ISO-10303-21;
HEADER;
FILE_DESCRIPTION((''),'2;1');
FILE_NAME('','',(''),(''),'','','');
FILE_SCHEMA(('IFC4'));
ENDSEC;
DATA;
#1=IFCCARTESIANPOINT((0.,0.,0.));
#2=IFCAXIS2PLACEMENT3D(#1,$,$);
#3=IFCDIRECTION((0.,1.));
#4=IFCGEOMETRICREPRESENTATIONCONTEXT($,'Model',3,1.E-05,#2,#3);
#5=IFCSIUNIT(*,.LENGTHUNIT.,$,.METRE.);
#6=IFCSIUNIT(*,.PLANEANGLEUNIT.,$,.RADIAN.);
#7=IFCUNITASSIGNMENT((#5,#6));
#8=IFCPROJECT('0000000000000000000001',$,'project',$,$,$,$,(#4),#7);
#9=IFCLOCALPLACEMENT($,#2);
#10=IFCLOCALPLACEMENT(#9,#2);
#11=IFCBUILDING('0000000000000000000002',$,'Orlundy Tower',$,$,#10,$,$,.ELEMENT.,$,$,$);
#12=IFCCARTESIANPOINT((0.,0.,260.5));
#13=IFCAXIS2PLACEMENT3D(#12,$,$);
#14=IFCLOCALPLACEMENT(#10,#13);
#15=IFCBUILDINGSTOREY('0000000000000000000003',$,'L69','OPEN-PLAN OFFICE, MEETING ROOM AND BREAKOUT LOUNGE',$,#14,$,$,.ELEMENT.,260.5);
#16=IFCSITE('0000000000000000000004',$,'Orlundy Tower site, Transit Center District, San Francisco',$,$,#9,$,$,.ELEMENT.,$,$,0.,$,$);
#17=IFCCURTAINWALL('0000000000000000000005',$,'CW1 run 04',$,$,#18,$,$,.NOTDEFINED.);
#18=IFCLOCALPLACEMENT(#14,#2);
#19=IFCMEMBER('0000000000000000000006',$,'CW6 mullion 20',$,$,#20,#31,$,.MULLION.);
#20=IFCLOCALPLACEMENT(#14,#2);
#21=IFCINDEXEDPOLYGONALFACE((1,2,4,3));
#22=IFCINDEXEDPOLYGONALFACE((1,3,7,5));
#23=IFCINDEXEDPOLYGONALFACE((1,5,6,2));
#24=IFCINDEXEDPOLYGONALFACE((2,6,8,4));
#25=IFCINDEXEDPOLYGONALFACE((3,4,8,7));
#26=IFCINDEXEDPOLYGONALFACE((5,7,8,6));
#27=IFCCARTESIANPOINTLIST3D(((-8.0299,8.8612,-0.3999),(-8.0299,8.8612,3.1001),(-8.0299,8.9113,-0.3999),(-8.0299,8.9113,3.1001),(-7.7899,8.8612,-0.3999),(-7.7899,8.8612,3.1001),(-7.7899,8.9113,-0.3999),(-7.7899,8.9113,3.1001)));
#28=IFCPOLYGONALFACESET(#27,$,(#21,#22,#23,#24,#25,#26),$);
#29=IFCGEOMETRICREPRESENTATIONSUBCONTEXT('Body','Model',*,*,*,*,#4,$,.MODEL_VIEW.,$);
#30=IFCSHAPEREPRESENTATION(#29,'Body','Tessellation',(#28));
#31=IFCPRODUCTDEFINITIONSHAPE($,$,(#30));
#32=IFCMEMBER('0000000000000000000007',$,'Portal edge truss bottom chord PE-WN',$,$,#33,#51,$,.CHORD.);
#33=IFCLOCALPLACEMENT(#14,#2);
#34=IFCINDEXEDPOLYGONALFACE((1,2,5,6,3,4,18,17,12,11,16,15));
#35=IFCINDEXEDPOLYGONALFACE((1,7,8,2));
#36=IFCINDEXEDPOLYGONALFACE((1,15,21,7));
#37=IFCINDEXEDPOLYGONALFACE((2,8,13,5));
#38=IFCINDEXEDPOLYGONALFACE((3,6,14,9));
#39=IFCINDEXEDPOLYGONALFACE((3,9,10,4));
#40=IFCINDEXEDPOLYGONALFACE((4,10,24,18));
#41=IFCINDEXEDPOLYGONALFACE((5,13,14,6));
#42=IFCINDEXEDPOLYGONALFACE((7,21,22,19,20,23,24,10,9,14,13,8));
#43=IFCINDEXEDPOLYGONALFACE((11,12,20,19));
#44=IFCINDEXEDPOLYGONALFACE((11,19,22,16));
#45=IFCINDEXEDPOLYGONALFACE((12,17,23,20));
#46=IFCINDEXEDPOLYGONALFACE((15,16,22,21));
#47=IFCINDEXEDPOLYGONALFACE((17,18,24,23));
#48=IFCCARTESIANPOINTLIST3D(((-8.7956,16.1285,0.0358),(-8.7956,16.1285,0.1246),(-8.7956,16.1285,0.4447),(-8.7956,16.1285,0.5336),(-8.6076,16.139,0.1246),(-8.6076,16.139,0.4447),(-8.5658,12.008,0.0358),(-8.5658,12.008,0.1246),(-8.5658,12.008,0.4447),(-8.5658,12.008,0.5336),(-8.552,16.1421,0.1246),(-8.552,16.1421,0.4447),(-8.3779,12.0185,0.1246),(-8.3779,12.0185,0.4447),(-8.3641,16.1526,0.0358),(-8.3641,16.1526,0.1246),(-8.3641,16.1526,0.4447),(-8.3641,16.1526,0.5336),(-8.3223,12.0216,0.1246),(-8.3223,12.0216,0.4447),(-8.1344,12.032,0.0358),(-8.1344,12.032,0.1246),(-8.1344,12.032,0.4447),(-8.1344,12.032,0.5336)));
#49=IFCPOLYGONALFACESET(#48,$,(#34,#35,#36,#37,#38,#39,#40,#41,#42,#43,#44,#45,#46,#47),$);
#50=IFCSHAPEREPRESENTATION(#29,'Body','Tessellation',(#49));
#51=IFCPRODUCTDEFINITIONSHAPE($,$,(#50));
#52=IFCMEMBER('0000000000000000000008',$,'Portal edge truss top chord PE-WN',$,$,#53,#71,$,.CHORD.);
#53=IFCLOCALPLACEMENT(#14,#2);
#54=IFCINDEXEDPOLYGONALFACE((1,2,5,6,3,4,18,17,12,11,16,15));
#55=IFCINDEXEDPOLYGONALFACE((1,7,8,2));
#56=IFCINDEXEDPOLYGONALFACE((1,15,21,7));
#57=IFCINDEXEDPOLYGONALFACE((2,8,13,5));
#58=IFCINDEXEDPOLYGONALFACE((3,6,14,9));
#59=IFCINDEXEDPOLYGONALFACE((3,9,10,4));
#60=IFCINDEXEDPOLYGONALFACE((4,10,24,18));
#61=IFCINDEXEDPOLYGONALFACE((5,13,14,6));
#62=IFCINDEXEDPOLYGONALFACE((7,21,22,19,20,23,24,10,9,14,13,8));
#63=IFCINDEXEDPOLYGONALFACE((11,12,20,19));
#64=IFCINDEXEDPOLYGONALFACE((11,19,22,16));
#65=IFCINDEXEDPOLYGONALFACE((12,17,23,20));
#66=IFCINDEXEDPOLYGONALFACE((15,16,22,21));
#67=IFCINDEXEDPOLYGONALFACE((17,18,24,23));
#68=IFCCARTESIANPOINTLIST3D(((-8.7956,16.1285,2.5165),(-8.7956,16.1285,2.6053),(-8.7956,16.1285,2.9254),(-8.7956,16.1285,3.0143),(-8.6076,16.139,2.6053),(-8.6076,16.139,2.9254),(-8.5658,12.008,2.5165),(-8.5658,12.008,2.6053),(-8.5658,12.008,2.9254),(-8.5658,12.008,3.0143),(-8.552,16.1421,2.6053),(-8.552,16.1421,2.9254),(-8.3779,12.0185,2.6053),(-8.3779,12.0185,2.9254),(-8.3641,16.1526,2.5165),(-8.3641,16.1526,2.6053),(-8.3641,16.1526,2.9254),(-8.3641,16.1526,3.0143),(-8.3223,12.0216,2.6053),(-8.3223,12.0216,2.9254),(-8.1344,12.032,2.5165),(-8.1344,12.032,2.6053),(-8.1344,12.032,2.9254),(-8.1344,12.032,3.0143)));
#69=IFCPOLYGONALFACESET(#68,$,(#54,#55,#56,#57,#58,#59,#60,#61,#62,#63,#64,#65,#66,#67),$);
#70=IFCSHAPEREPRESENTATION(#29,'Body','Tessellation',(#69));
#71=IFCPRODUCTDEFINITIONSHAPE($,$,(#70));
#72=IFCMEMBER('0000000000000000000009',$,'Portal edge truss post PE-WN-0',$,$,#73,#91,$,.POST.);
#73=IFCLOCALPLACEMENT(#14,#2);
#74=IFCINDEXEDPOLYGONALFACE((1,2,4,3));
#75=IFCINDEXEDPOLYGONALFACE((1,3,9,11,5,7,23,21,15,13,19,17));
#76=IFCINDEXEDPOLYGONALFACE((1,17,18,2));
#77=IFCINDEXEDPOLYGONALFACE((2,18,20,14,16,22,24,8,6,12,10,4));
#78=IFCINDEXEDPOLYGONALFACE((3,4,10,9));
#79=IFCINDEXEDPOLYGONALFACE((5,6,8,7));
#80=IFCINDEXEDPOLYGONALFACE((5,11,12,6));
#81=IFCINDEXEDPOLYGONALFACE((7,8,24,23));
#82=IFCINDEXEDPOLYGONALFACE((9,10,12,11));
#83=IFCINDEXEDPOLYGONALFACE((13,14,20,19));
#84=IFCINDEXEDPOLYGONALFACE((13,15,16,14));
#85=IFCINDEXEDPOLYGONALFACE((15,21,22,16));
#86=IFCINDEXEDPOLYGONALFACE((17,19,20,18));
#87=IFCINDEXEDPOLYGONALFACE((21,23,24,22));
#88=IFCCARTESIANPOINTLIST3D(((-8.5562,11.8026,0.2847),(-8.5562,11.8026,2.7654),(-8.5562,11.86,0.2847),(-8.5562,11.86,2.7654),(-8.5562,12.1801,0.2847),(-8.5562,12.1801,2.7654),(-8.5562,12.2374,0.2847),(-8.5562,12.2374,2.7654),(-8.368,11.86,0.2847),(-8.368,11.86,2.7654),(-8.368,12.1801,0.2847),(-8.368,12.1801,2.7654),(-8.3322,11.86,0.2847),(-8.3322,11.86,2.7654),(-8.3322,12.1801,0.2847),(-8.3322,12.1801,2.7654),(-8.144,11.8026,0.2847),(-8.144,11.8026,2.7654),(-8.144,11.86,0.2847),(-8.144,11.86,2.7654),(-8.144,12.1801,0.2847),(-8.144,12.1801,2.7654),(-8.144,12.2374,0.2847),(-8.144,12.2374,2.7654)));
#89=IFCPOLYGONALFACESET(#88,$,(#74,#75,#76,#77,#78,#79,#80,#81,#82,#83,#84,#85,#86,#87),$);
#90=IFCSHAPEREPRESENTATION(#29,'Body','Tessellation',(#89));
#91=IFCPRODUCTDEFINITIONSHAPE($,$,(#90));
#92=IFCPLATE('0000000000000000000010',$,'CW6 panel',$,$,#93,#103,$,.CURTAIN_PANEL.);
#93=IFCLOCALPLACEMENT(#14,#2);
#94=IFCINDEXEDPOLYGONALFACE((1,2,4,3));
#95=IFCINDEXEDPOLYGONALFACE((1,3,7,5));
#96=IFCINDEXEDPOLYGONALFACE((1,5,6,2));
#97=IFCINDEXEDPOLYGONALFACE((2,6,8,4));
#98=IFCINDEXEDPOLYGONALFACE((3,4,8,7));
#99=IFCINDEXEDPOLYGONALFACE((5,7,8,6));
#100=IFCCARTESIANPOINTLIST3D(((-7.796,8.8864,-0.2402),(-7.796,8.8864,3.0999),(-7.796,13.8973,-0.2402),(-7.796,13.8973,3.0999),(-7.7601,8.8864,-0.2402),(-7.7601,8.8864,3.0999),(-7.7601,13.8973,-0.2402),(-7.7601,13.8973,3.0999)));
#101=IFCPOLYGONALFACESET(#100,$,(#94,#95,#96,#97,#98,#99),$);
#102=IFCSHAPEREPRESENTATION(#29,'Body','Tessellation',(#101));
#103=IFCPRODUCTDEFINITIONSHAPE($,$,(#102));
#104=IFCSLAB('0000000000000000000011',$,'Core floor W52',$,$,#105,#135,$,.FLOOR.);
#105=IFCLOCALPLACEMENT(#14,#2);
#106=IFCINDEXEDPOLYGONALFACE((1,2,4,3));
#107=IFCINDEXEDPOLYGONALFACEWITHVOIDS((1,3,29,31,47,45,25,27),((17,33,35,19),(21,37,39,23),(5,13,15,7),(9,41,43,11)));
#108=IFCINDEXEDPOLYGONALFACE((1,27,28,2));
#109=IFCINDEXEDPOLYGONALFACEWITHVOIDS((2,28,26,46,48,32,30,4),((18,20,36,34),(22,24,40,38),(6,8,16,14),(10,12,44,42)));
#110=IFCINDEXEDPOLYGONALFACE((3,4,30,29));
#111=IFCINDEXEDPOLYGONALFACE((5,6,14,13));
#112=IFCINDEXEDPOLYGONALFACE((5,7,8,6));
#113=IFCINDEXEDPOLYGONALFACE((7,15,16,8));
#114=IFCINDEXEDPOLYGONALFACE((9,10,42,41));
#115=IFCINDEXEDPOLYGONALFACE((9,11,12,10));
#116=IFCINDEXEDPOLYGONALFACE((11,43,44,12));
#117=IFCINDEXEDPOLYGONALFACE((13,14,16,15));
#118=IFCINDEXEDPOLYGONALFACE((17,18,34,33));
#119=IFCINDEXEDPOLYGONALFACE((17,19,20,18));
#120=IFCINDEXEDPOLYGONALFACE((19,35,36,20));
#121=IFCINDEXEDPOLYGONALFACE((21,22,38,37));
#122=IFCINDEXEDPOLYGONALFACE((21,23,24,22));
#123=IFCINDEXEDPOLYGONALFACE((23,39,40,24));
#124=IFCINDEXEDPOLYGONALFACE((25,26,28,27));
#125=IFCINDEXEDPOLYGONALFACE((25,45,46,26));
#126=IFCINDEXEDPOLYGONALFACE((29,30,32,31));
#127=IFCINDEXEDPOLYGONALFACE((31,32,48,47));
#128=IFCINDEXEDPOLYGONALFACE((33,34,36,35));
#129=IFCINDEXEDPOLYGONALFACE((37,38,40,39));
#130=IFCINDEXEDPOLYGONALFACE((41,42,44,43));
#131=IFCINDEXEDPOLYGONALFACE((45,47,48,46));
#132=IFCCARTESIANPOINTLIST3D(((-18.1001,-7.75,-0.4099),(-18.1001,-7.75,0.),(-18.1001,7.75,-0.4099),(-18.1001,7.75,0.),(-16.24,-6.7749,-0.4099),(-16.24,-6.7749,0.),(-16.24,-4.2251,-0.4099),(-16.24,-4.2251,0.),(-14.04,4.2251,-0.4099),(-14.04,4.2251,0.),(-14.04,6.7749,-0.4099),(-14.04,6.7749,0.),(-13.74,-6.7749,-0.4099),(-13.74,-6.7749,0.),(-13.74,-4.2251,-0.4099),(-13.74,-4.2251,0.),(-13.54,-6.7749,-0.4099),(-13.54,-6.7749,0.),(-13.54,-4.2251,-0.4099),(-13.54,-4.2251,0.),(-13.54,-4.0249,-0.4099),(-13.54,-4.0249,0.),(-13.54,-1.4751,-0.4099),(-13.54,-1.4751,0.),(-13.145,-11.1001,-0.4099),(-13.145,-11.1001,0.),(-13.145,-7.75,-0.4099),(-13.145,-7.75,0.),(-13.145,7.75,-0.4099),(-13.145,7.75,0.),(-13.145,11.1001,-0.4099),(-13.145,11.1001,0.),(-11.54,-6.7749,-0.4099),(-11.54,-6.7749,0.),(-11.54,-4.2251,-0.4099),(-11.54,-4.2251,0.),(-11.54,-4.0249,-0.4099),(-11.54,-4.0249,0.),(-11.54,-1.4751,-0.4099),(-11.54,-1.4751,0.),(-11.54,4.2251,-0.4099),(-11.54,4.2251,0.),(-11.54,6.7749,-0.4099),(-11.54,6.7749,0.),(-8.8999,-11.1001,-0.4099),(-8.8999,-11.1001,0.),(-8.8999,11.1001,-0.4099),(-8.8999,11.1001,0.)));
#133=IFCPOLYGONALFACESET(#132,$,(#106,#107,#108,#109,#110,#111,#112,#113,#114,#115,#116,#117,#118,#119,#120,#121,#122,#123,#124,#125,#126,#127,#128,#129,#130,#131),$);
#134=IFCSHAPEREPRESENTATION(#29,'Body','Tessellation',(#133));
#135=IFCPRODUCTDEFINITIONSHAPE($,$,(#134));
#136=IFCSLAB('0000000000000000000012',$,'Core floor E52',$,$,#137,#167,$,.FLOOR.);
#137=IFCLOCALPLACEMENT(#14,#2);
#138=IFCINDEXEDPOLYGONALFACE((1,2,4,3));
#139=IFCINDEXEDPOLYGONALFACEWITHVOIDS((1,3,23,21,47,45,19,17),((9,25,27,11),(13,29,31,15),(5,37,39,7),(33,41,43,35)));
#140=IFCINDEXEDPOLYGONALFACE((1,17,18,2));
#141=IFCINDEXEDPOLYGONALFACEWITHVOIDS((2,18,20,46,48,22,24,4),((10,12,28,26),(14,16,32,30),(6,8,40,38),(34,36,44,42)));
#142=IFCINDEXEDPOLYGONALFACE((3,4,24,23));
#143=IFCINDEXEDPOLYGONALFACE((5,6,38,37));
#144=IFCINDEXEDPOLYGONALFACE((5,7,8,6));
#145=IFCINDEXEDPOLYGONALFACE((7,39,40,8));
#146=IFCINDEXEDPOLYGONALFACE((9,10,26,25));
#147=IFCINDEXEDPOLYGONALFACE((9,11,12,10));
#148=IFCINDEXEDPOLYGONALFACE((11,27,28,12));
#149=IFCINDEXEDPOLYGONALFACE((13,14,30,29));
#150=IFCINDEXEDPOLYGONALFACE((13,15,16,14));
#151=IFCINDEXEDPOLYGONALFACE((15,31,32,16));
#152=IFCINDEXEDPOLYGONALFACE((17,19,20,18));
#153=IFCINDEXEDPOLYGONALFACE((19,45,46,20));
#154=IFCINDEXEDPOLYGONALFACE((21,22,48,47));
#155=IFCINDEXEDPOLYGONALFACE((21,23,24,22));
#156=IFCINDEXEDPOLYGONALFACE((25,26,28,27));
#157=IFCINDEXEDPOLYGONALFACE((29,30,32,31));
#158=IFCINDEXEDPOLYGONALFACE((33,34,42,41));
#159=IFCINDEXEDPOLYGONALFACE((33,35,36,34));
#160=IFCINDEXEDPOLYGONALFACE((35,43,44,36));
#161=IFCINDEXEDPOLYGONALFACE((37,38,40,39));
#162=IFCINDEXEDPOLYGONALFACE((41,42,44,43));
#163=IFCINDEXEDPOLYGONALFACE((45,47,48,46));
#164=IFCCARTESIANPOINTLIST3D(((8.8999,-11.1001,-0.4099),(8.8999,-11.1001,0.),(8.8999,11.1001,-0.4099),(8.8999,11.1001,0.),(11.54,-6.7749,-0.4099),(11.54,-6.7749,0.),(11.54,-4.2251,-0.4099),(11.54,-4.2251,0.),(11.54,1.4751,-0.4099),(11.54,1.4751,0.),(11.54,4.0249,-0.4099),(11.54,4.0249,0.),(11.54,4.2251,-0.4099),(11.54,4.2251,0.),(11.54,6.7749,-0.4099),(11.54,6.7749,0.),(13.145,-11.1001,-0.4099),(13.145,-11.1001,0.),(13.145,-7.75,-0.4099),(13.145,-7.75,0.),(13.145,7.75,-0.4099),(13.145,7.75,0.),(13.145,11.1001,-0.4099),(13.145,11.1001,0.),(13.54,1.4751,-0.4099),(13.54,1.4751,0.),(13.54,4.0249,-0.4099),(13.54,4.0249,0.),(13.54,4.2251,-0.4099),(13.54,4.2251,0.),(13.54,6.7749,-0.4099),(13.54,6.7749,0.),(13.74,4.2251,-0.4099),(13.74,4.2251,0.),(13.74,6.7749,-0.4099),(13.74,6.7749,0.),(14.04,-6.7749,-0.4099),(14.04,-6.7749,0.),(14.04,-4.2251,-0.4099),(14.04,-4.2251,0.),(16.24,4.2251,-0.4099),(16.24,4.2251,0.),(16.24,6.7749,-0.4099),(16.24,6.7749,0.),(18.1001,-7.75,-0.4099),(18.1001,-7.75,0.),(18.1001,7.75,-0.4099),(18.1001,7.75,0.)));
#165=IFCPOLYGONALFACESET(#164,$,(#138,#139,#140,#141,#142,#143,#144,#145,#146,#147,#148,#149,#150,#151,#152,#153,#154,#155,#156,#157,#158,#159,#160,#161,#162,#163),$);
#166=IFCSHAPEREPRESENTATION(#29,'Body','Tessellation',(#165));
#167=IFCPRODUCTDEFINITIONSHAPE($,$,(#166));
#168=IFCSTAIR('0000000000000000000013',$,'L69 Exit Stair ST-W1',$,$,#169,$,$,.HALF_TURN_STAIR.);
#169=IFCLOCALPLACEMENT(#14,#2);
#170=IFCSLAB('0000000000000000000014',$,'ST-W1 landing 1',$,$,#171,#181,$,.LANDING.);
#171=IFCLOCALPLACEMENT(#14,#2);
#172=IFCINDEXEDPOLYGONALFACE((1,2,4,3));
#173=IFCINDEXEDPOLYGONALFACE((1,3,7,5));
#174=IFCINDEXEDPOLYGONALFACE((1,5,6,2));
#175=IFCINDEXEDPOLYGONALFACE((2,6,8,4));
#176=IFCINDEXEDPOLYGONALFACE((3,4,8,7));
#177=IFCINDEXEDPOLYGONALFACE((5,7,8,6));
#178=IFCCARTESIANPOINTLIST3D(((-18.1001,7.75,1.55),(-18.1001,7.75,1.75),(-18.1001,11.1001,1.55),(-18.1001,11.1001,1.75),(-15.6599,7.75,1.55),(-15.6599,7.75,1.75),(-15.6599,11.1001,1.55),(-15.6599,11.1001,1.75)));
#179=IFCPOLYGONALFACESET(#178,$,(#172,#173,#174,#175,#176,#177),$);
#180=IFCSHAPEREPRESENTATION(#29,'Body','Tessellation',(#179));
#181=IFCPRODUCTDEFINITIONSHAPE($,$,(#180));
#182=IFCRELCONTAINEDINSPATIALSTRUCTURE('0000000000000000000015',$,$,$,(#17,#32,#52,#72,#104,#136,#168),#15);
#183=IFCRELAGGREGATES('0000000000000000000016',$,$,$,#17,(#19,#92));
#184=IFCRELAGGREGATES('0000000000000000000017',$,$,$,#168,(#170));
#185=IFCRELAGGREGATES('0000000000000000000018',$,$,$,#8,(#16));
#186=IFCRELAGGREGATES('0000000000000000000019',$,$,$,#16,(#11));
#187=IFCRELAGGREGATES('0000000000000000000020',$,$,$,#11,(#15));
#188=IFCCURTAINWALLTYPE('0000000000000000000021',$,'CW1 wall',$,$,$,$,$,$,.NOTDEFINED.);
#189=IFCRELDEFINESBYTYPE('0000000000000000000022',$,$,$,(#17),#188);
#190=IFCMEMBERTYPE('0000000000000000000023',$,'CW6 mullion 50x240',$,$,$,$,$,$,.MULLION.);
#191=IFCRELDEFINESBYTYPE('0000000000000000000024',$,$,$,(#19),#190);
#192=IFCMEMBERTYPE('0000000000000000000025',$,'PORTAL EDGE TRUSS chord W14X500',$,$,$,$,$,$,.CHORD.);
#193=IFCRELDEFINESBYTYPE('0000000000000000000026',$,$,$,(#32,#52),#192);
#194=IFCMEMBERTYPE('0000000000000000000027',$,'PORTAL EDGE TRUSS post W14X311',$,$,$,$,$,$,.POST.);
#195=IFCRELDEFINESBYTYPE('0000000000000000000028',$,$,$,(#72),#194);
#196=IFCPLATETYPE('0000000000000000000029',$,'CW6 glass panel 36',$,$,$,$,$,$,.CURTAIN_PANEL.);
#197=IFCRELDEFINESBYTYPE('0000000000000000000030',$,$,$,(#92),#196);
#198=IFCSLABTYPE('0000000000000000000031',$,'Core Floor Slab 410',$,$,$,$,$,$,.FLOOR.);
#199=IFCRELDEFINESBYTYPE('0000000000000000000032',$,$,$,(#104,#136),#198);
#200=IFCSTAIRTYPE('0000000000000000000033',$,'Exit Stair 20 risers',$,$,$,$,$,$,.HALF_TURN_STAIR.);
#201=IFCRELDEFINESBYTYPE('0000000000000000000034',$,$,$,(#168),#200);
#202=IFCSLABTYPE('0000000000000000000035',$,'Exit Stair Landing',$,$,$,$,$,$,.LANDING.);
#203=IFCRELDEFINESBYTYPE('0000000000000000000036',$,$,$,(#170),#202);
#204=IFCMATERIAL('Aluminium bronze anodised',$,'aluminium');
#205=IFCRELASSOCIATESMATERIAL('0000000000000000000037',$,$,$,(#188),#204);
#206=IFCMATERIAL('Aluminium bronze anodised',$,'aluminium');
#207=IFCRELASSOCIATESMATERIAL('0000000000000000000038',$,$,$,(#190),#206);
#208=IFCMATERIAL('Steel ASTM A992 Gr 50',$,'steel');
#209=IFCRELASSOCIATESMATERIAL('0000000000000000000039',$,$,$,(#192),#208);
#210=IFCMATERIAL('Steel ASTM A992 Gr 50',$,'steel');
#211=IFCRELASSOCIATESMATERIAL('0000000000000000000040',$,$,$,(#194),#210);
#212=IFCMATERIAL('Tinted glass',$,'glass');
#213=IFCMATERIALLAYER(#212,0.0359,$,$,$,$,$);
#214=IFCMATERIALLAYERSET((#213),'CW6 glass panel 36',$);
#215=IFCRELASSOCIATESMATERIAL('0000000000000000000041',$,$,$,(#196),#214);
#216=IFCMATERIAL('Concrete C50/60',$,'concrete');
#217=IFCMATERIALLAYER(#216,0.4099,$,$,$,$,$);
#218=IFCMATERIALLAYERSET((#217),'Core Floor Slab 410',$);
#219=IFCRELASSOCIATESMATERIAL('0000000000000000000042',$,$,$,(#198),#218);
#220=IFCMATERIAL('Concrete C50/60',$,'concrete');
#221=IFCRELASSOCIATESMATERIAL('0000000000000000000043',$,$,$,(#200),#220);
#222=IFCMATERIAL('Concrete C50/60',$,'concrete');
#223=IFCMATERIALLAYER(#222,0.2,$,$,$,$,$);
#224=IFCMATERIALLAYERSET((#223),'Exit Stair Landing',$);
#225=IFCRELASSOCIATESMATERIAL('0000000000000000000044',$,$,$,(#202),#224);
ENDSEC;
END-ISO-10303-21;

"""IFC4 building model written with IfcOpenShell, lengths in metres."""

from ifc_helpers import new_model, si_unit, direction, frame, origin, origin_2d, place, context, subcontext, project, spatial, polyline, rectangle, i_section, outline, extrude, material, layer, layer_set, material_profile, profile_set, type_object, element, aggregate, save


model = new_model("IFC4")

# Units and contexts
model_context = context("Model", 3, precision=1e-05, world=origin(), true_north=direction((0.0, 1.0)))
body_context = subcontext(model_context, "Body", "Model", "MODEL_VIEW")
ifc_project = project(units=[si_unit("LENGTHUNIT", "METRE"), si_unit("PLANEANGLEUNIT", "RADIAN")], contexts=[model_context])

# Site, building, storey
site_placement = place(None, origin())
site = spatial("IfcSite", under=ifc_project, at=site_placement, Name="Orlundy Tower site, Transit Center District, San Francisco", CompositionType="ELEMENT", RefElevation=0.0)
building_placement = place(site_placement, origin())
building = spatial("IfcBuilding", under=site, at=building_placement, Name="Orlundy Tower", CompositionType="ELEMENT")
storey_placement = place(building_placement, frame((0.0, 0.0, 260.5)))
storey = spatial("IfcBuildingStorey", under=building, at=storey_placement, Name="L69", Description="OPEN-PLAN OFFICE, MEETING ROOM AND BREAKOUT LOUNGE", CompositionType="ELEMENT", Elevation=260.5)

# Curtain wall, member
ifc_material_1 = material(Name="Aluminium bronze anodised", Category="aluminium")
curtain_wall_type = type_object("IfcCurtainWallType", Name="CW1 wall", PredefinedType="NOTDEFINED", material=ifc_material_1)
curtain_wall_placement = place(storey_placement, origin())
curtain_wall = element("IfcCurtainWall", 1, at=curtain_wall_placement, inside=storey, type_object=curtain_wall_type, Name="CW1 run 04", PredefinedType="NOTDEFINED")
ifc_material_2 = material(Name="Aluminium bronze anodised", Category="aluminium")
ifc_material_profile_1 = material_profile(ifc_material_2, rectangle(XDim=0.24, YDim=0.05, at=origin_2d()), Name="CW6 mullion 50x240")
ifc_profile_set_1 = profile_set([ifc_material_profile_1], Name="Aluminium bronze anodised")
member_type_1 = type_object("IfcMemberType", Name="CW6 mullion 50x240", PredefinedType="MULLION", material=ifc_profile_set_1)
member_1_placement = place(storey_placement, frame((-7.9099, 8.8862, -0.3999), z_axis=(0.0, 0.0, 1.0), x_axis=(1.0, 0.0, 0.0)))
member_1 = element("IfcMember", 2, at=member_1_placement, type_object=member_type_1, Name="CW6 mullion 20", PredefinedType="MULLION", context=body_context, shape_type="SweptSolid", body=[
    extrude(rectangle(XDim=0.24, YDim=0.05, at=origin_2d()), origin(), (0.0, 0.0, 1.0), 3.5),
])

# Members
ifc_material_3 = material(Name="Steel ASTM A992 Gr 50", Category="steel")
ifc_material_profile_2 = material_profile(ifc_material_3, i_section(OverallWidth=0.4321, OverallDepth=0.4978, WebThickness=0.0557, FlangeThickness=0.0889, at=origin_2d()), Name="W14X500")
ifc_profile_set_2 = profile_set([ifc_material_profile_2], Name="Steel ASTM A992 Gr 50")
member_type_2 = type_object("IfcMemberType", Name="PORTAL EDGE TRUSS chord W14X500", PredefinedType="CHORD", material=ifc_profile_set_2)
for number, where, z_axis, x_axis, name in (
    (3, (-8.3501, 12.02, 0.2847), (-0.055667, 0.998449, 0.0), (-0.998449, -0.055667, 0.0), "Portal edge truss bottom chord PE-WN"),
    (4, (-8.3501, 12.02, 2.7654), (-0.055667, 0.998449, 0.0), (-0.998449, -0.055667, 0.0), "Portal edge truss top chord PE-WN"),
):
    element("IfcMember", number, at=place(storey_placement, frame(where, z_axis=z_axis, x_axis=x_axis)), inside=storey, type_object=member_type_2, Name=name, PredefinedType="CHORD", context=body_context, shape_type="SweptSolid", body=[
        extrude(i_section(OverallWidth=0.4321, OverallDepth=0.4978, WebThickness=0.0557, FlangeThickness=0.0889, at=origin_2d()), origin(), (0.0, 0.0, 1.0), 4.127),
    ])
ifc_material_4 = material(Name="Steel ASTM A992 Gr 50", Category="steel")
ifc_material_profile_3 = material_profile(ifc_material_4, i_section(OverallWidth=0.4121, OverallDepth=0.4348, WebThickness=0.0359, FlangeThickness=0.0574, at=origin_2d()), Name="W14X311")
ifc_profile_set_3 = profile_set([ifc_material_profile_3], Name="Steel ASTM A992 Gr 50")
member_type_3 = type_object("IfcMemberType", Name="PORTAL EDGE TRUSS post W14X311", PredefinedType="POST", material=ifc_profile_set_3)
member_2_placement = place(storey_placement, frame((-8.3501, 12.02, 0.2847), z_axis=(0.0, 0.0, 1.0), x_axis=(1.0, 0.0, 0.0)))
element("IfcMember", 5, at=member_2_placement, inside=storey, type_object=member_type_3, Name="Portal edge truss post PE-WN-0", PredefinedType="POST", context=body_context, shape_type="SweptSolid", body=[
    extrude(i_section(OverallWidth=0.4121, OverallDepth=0.4348, WebThickness=0.0359, FlangeThickness=0.0574, at=origin_2d()), origin(), (0.0, 0.0, 1.0), 2.4807),
])

# Plate
ifc_material_5 = material(Name="Tinted glass", Category="glass")
ifc_layer_1 = layer(ifc_material_5, 0.0359)
ifc_layer_set_1 = layer_set([ifc_layer_1], Name="CW6 glass panel 36")
plate_type = type_object("IfcPlateType", Name="CW6 glass panel 36", PredefinedType="CURTAIN_PANEL", material=ifc_layer_set_1)
plate_placement = place(storey_placement, frame((-7.7781, 11.3918, -0.2402), z_axis=(0.0, 0.0, 1.0), x_axis=(0.0, -1.0, 0.0)))
plate = element("IfcPlate", 6, at=plate_placement, type_object=plate_type, Name="CW6 panel", PredefinedType="CURTAIN_PANEL", context=body_context, shape_type="SweptSolid", body=[
    extrude(rectangle(XDim=5.011, YDim=0.0359, at=origin_2d()), origin(), (0.0, 0.0, 1.0), 3.3401),
])
aggregate(curtain_wall, [member_1, plate])

# Slabs
ifc_material_6 = material(Name="Concrete C50/60", Category="concrete")
ifc_layer_2 = layer(ifc_material_6, 0.4099)
ifc_layer_set_2 = layer_set([ifc_layer_2], Name="Core Floor Slab 410")
slab_type_1 = type_object("IfcSlabType", Name="Core Floor Slab 410", PredefinedType="FLOOR", material=ifc_layer_set_2)
slab_1_placement = place(storey_placement, frame((0.0, 0.0, -0.4099)))
element("IfcSlab", 7, at=slab_1_placement, inside=storey, type_object=slab_type_1, Name="Core floor W52", PredefinedType="FLOOR", context=body_context, shape_type="SweptSolid", body=[
    extrude(outline(polyline([(-18.1001, 7.75), (-13.145, 7.75), (-13.145, 11.1001), (-8.8999, 11.1001), (-8.8999, -11.1001), (-13.145, -11.1001), (-13.145, -7.75), (-18.1001, -7.75), (-18.1001, 7.75)]), holes=[polyline([(-13.54, -4.2251), (-13.54, -6.7749), (-11.54, -6.7749), (-11.54, -4.2251), (-13.54, -4.2251)]), polyline([(-13.74, -4.2251), (-16.24, -4.2251), (-16.24, -6.7749), (-13.74, -6.7749), (-13.74, -4.2251)]), polyline([(-11.54, -4.0249), (-11.54, -1.4751), (-13.54, -1.4751), (-13.54, -4.0249), (-11.54, -4.0249)]), polyline([(-14.04, 4.2251), (-11.54, 4.2251), (-11.54, 6.7749), (-14.04, 6.7749), (-14.04, 4.2251)])]), origin(), (0.0, 0.0, 1.0), 0.4099),
])
slab_2_placement = place(storey_placement, frame((0.0, 0.0, -0.4099)))
element("IfcSlab", 8, at=slab_2_placement, inside=storey, type_object=slab_type_1, Name="Core floor E52", PredefinedType="FLOOR", context=body_context, shape_type="SweptSolid", body=[
    extrude(outline(polyline([(18.1001, -7.75), (13.145, -7.75), (13.145, -11.1001), (8.8999, -11.1001), (8.8999, 11.1001), (13.145, 11.1001), (13.145, 7.75), (18.1001, 7.75), (18.1001, -7.75)]), holes=[polyline([(13.54, 4.2251), (13.54, 6.7749), (11.54, 6.7749), (11.54, 4.2251), (13.54, 4.2251)]), polyline([(13.74, 4.2251), (16.24, 4.2251), (16.24, 6.7749), (13.74, 6.7749), (13.74, 4.2251)]), polyline([(11.54, 4.0249), (11.54, 1.4751), (13.54, 1.4751), (13.54, 4.0249), (11.54, 4.0249)]), polyline([(14.04, -4.2251), (11.54, -4.2251), (11.54, -6.7749), (14.04, -6.7749), (14.04, -4.2251)])]), origin(), (0.0, 0.0, 1.0), 0.4099),
])

# Stair, slab
ifc_material_7 = material(Name="Concrete C50/60", Category="concrete")
stair_type = type_object("IfcStairType", Name="Exit Stair 20 risers", PredefinedType="HALF_TURN_STAIR", material=ifc_material_7)
stair_1_placement = place(storey_placement, origin())
stair_1 = element("IfcStair", 9, at=stair_1_placement, inside=storey, type_object=stair_type, Name="L69 Exit Stair ST-W1", PredefinedType="HALF_TURN_STAIR")
ifc_material_8 = material(Name="Concrete C50/60", Category="concrete")
ifc_layer_3 = layer(ifc_material_8, 0.2)
ifc_layer_set_3 = layer_set([ifc_layer_3], Name="Exit Stair Landing")
slab_type_2 = type_object("IfcSlabType", Name="Exit Stair Landing", PredefinedType="LANDING", material=ifc_layer_set_3)
slab_3_placement = place(storey_placement, frame((0.0, 0.0, 1.55)))
slab_3 = element("IfcSlab", 10, at=slab_3_placement, type_object=slab_type_2, Name="ST-W1 landing 1", PredefinedType="LANDING", context=body_context, shape_type="SweptSolid", body=[
    extrude(outline(polyline([(-15.6599, 11.1001), (-18.1001, 11.1001), (-18.1001, 7.75), (-15.6599, 7.75), (-15.6599, 11.1001)])), origin(), (0.0, 0.0, 1.0), 0.2),
])
aggregate(stair_1, [slab_3])

save(model, "model.ifc")
